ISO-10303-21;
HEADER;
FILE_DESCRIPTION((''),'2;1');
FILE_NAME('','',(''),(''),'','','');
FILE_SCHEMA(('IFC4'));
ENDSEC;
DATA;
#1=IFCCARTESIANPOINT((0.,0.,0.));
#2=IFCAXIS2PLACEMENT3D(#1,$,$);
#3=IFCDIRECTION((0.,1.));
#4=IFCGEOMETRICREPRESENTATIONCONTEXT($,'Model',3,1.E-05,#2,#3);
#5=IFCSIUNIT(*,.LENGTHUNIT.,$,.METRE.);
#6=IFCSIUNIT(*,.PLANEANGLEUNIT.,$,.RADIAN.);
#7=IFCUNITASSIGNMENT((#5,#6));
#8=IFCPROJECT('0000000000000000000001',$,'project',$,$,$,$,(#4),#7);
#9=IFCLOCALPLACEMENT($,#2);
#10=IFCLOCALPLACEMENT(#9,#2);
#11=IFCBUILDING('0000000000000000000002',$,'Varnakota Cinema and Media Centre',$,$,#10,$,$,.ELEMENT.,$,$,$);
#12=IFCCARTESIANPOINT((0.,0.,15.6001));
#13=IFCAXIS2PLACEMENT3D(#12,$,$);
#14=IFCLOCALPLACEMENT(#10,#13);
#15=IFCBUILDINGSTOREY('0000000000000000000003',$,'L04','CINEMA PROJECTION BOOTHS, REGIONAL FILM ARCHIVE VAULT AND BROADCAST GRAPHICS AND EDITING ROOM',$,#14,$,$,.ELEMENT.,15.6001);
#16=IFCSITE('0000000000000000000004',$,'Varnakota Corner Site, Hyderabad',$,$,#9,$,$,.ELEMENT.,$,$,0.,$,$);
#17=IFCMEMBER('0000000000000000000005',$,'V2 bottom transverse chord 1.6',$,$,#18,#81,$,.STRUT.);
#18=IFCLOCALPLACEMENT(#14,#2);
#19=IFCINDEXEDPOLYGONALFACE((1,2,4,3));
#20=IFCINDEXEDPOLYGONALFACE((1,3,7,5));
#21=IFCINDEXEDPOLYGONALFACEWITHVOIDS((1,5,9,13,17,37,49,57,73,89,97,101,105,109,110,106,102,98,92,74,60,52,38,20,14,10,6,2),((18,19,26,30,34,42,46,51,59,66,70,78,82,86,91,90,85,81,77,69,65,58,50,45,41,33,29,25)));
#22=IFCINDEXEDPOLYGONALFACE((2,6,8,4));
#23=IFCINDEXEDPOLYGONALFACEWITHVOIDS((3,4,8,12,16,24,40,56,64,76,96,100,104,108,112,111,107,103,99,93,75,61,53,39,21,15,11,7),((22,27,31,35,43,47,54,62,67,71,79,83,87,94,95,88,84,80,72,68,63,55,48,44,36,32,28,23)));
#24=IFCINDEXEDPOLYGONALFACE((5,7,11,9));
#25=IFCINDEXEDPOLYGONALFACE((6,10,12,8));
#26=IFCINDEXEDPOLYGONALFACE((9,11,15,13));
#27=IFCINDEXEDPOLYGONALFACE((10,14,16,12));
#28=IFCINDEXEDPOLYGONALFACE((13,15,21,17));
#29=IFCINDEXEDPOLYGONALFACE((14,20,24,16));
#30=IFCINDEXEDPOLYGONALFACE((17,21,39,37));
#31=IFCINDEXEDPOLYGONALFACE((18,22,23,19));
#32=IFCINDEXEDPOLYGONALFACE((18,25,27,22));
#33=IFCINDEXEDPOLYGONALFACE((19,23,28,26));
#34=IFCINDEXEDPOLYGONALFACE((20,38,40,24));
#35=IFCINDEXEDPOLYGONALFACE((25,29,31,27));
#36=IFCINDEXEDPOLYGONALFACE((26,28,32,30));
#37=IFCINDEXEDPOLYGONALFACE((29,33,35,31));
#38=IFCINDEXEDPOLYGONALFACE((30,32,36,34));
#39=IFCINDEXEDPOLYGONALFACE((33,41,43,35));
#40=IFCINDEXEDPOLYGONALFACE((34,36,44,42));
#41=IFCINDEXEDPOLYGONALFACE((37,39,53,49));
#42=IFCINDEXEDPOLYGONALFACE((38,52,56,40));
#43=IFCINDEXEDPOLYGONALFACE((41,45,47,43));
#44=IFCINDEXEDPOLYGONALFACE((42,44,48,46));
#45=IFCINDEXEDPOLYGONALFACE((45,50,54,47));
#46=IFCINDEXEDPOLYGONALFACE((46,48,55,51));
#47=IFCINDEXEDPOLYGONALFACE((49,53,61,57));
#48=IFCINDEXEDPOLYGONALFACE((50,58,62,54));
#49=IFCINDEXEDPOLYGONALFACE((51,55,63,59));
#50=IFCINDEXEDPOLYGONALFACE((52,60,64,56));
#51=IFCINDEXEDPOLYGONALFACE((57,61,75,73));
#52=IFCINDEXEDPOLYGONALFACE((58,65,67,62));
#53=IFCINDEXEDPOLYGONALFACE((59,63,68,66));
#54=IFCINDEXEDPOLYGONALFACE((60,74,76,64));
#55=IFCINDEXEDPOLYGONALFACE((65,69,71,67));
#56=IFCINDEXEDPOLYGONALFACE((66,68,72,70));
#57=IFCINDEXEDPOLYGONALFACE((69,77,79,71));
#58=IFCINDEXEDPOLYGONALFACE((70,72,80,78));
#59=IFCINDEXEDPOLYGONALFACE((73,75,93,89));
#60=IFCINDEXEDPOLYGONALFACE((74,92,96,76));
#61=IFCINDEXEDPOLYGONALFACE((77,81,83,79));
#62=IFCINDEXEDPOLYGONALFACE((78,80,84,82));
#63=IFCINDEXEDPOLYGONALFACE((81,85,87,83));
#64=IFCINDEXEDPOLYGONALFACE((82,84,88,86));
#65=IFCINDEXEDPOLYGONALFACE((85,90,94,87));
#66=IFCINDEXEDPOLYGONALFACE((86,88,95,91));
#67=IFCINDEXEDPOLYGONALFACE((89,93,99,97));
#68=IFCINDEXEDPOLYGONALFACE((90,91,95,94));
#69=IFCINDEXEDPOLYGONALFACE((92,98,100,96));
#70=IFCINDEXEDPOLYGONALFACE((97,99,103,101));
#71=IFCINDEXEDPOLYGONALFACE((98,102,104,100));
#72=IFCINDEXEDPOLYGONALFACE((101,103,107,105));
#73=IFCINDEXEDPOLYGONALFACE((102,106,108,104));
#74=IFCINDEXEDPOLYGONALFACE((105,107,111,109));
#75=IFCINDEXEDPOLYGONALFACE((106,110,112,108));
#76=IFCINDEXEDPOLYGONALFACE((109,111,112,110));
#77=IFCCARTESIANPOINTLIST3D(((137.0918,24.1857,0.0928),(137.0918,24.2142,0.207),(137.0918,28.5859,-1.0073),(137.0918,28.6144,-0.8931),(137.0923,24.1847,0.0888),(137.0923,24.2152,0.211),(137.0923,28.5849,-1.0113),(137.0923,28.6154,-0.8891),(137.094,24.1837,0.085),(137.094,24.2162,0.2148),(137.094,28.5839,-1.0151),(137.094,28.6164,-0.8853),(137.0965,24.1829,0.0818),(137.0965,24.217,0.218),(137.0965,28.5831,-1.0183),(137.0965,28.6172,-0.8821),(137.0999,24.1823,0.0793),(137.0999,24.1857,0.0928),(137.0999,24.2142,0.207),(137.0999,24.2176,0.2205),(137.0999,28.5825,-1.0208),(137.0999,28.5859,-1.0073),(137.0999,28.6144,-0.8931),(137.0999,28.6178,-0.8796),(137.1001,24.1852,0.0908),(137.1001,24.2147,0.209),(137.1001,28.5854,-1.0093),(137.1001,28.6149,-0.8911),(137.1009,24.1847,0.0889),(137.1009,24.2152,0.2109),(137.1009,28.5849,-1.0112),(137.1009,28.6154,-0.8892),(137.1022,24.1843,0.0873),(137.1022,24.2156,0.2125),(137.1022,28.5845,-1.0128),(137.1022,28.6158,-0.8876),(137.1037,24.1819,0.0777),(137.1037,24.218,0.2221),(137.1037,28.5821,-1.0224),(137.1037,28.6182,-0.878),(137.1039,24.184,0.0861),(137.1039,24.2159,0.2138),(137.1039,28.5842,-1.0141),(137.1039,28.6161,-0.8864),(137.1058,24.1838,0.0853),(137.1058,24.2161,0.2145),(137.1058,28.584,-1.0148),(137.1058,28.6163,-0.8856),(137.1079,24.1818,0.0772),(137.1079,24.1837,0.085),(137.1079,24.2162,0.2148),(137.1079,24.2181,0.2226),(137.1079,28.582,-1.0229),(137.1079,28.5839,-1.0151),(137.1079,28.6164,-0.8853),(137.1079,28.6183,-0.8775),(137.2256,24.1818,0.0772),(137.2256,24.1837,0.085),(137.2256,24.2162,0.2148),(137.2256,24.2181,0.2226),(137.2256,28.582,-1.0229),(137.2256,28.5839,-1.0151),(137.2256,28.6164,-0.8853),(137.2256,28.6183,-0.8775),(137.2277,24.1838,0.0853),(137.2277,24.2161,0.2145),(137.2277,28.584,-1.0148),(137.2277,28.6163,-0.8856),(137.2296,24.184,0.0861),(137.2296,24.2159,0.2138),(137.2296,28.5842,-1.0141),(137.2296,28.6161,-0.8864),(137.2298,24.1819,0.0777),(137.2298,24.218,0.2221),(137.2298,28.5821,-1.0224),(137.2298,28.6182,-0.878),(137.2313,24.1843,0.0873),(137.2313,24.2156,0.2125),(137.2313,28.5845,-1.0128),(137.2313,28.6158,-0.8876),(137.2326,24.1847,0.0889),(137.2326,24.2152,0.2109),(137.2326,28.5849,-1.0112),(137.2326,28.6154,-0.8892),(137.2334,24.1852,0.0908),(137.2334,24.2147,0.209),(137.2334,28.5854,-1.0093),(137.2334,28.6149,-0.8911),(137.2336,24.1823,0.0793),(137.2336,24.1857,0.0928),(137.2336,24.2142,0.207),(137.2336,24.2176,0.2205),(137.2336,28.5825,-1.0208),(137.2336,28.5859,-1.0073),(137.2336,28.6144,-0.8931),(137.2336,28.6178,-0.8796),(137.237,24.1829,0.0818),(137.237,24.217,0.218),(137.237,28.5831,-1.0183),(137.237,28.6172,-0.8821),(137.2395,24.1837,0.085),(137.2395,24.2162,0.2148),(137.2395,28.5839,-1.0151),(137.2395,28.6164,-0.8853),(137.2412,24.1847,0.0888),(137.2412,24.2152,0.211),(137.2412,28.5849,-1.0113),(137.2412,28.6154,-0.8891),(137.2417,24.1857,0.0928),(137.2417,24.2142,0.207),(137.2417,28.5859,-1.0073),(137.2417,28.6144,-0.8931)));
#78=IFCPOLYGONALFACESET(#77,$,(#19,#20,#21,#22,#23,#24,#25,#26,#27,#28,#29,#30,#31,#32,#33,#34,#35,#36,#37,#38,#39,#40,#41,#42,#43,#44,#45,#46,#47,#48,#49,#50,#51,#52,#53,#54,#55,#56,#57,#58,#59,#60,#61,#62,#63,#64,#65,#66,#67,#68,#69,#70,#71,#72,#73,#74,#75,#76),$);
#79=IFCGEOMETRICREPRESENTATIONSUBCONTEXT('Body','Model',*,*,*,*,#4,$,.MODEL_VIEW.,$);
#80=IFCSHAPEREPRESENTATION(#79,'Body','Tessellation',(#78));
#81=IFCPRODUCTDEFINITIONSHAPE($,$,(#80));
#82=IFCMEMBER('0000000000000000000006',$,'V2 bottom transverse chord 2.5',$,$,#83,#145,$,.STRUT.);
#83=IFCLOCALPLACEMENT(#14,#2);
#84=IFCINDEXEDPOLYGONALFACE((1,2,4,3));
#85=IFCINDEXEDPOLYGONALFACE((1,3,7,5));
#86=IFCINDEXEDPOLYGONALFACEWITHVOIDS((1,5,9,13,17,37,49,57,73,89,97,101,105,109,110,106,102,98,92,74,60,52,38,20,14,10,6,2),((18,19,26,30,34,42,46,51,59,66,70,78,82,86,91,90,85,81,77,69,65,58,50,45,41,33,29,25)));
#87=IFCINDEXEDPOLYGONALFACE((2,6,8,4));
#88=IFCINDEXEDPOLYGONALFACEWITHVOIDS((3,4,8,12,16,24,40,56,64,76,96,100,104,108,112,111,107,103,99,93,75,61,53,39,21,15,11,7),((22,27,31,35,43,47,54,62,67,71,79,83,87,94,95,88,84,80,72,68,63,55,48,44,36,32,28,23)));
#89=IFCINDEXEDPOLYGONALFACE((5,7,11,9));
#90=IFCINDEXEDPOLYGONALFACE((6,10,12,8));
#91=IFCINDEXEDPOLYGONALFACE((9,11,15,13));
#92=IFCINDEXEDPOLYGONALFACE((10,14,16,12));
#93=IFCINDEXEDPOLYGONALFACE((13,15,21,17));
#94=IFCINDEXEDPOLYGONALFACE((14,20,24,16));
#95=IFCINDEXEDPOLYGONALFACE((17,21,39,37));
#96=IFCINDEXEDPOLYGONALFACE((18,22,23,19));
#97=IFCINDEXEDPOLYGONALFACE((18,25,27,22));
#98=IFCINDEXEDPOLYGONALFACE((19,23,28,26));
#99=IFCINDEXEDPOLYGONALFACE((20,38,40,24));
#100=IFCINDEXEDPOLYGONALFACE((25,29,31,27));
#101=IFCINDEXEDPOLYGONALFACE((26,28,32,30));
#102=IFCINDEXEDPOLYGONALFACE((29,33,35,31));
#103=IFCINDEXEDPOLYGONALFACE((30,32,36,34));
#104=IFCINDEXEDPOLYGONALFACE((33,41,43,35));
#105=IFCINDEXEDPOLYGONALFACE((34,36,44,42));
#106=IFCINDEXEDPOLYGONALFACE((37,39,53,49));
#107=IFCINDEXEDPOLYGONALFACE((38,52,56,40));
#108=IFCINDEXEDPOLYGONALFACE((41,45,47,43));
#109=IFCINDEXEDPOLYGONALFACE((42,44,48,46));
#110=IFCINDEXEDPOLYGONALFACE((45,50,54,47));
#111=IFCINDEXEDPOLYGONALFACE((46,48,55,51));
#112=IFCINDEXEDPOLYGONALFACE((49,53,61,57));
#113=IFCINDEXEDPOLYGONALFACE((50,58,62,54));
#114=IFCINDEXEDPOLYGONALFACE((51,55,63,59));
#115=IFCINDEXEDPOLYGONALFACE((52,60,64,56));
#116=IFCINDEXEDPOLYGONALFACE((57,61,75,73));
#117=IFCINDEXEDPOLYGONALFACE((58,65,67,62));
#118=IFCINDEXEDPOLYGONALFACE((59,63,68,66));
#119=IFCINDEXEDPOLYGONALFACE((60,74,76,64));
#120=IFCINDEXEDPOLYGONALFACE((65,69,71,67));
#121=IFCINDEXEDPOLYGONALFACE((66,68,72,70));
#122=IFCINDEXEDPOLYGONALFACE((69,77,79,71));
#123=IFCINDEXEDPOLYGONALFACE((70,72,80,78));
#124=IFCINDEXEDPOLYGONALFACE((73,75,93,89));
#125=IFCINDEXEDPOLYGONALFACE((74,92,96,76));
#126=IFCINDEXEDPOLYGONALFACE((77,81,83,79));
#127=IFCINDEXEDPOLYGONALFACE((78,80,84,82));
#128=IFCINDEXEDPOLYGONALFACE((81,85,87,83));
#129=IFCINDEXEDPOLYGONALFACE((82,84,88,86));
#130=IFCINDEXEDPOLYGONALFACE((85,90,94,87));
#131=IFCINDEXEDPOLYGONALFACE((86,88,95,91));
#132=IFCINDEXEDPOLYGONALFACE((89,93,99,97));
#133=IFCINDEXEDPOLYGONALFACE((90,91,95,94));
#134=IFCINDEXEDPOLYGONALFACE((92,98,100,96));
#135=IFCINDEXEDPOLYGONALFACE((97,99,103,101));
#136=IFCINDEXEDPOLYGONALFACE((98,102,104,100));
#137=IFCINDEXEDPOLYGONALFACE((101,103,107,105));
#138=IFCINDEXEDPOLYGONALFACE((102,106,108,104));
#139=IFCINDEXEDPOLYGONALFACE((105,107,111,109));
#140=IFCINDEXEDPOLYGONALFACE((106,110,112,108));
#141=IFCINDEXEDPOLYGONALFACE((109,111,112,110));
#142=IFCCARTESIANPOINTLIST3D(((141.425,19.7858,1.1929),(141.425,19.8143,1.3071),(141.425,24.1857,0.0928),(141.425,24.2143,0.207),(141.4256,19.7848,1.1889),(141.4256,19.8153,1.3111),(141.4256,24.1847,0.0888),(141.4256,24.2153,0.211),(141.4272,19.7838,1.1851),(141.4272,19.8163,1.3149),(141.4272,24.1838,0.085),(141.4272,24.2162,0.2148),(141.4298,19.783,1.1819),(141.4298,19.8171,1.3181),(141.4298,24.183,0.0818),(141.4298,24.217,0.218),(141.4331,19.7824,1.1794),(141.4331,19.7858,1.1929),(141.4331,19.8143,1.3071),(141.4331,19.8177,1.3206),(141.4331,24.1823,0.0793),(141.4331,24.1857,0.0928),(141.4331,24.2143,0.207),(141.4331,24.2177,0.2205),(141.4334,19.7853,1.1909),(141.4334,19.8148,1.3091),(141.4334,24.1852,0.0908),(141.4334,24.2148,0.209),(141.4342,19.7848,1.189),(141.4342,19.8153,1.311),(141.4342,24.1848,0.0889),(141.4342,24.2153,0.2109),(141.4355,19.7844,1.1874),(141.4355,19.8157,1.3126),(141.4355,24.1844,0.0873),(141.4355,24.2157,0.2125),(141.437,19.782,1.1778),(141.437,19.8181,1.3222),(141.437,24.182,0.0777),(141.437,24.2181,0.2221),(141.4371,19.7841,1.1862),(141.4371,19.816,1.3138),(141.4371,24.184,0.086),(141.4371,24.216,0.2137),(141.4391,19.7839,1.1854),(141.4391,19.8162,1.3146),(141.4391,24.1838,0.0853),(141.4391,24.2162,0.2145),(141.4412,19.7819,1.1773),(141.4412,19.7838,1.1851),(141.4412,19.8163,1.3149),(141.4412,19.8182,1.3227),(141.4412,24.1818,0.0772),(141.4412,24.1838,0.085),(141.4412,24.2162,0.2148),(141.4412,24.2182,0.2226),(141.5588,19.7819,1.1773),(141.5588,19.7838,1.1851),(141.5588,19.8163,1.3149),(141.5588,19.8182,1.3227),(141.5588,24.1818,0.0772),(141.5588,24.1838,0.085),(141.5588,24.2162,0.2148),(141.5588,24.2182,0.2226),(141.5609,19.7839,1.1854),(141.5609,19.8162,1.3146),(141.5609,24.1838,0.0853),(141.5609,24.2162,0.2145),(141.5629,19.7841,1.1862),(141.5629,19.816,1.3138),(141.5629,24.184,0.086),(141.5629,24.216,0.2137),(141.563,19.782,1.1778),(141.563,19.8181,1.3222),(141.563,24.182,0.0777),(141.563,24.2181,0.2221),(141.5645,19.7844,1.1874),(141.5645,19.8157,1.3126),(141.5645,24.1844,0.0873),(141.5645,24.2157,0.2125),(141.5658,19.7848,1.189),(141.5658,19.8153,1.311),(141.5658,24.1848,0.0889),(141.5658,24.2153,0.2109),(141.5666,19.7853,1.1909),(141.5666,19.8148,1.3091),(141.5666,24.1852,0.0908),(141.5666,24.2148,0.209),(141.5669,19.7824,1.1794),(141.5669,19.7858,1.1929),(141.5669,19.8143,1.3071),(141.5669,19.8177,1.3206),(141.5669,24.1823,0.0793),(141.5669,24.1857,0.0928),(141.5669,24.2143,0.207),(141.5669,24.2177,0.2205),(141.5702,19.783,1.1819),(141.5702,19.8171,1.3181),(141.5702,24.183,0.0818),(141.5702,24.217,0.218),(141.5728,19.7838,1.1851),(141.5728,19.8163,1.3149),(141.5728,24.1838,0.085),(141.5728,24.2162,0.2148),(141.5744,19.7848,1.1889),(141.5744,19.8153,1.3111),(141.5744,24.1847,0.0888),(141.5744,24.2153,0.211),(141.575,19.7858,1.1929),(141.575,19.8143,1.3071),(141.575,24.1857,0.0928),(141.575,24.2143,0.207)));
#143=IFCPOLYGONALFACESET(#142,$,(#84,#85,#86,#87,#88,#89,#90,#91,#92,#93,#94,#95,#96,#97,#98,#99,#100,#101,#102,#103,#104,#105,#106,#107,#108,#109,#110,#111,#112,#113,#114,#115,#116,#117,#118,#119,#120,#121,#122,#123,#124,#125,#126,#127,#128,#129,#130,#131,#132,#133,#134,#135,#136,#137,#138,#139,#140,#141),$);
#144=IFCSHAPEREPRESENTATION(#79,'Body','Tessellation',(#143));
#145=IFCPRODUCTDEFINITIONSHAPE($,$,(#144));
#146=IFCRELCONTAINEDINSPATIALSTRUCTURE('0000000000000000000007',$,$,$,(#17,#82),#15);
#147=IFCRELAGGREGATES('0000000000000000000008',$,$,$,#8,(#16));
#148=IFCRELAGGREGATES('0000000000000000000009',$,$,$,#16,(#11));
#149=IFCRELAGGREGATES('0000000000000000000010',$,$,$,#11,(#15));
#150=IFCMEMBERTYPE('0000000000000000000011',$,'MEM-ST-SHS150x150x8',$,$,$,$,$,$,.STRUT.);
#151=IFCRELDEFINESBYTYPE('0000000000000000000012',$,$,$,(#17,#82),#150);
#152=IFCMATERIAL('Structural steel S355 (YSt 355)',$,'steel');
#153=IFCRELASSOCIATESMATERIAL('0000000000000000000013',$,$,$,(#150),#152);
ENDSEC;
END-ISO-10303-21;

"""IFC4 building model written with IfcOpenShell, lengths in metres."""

from ifc_helpers import new_model, si_unit, direction, frame, origin, origin_2d, place, context, subcontext, project, spatial, hollow_rectangle, extrude, material, material_profile, profile_set, type_object, element, save


model = new_model("IFC4")

# Units and contexts
model_context = context("Model", 3, precision=1e-05, world=origin(), true_north=direction((0.0, 1.0)))
body_context = subcontext(model_context, "Body", "Model", "MODEL_VIEW")
ifc_project = project(units=[si_unit("LENGTHUNIT", "METRE"), si_unit("PLANEANGLEUNIT", "RADIAN")], contexts=[model_context])

# Site, building, storey
site_placement = place(None, origin())
site = spatial("IfcSite", under=ifc_project, at=site_placement, Name="Varnakota Corner Site, Hyderabad", CompositionType="ELEMENT", RefElevation=0.0)
building_placement = place(site_placement, origin())
building = spatial("IfcBuilding", under=site, at=building_placement, Name="Varnakota Cinema and Media Centre", CompositionType="ELEMENT")
storey_placement = place(building_placement, frame((0.0, 0.0, 15.6001)))
storey = spatial("IfcBuildingStorey", under=building, at=storey_placement, Name="L04", Description="CINEMA PROJECTION BOOTHS, REGIONAL FILM ARCHIVE VAULT AND BROADCAST GRAPHICS AND EDITING ROOM", CompositionType="ELEMENT", Elevation=15.6001)

# Members
ifc_material_1 = material(Name="Structural steel S355 (YSt 355)", Category="steel")
ifc_material_profile_1 = material_profile(ifc_material_1, hollow_rectangle(XDim=0.1499, YDim=0.1499, WallThickness=0.0081, InnerFilletRadius=0.0081, OuterFilletRadius=0.0161, at=origin_2d()), Name="SHS 150x150x8")
ifc_profile_set_1 = profile_set([ifc_material_profile_1], Name="Structural steel S355 (YSt 355)")
member_type_1 = type_object("IfcMemberType", Name="MEM-ST-SHS150x150x8", PredefinedType="STRUT", material=ifc_profile_set_1)
member_1_placement = place(storey_placement, frame((137.1667, 24.2, 0.1499), z_axis=(0.0, 0.970139, -0.242548), x_axis=(-1.0, 0.0, 0.0)))
element("IfcMember", 1, at=member_1_placement, inside=storey, type_object=member_type_1, Name="V2 bottom transverse chord 1.6", PredefinedType="STRUT", context=body_context, shape_type="SweptSolid", body=[
    extrude(hollow_rectangle(XDim=0.1499, YDim=0.1499, WallThickness=0.0081, InnerFilletRadius=0.0081, OuterFilletRadius=0.0161, at=origin_2d()), origin(), (0.0, 0.0, 1.0), 4.5356),
])
member_2_placement = place(storey_placement, frame((141.5, 19.8, 1.25), z_axis=(0.0, 0.970136, -0.242561), x_axis=(-1.0, 0.0, 0.0)))
element("IfcMember", 2, at=member_2_placement, inside=storey, type_object=member_type_1, Name="V2 bottom transverse chord 2.5", PredefinedType="STRUT", context=body_context, shape_type="SweptSolid", body=[
    extrude(hollow_rectangle(XDim=0.1499, YDim=0.1499, WallThickness=0.0081, InnerFilletRadius=0.0081, OuterFilletRadius=0.0161, at=origin_2d()), origin(), (0.0, 0.0, 1.0), 4.5354),
])

save(model, "model.ifc")
